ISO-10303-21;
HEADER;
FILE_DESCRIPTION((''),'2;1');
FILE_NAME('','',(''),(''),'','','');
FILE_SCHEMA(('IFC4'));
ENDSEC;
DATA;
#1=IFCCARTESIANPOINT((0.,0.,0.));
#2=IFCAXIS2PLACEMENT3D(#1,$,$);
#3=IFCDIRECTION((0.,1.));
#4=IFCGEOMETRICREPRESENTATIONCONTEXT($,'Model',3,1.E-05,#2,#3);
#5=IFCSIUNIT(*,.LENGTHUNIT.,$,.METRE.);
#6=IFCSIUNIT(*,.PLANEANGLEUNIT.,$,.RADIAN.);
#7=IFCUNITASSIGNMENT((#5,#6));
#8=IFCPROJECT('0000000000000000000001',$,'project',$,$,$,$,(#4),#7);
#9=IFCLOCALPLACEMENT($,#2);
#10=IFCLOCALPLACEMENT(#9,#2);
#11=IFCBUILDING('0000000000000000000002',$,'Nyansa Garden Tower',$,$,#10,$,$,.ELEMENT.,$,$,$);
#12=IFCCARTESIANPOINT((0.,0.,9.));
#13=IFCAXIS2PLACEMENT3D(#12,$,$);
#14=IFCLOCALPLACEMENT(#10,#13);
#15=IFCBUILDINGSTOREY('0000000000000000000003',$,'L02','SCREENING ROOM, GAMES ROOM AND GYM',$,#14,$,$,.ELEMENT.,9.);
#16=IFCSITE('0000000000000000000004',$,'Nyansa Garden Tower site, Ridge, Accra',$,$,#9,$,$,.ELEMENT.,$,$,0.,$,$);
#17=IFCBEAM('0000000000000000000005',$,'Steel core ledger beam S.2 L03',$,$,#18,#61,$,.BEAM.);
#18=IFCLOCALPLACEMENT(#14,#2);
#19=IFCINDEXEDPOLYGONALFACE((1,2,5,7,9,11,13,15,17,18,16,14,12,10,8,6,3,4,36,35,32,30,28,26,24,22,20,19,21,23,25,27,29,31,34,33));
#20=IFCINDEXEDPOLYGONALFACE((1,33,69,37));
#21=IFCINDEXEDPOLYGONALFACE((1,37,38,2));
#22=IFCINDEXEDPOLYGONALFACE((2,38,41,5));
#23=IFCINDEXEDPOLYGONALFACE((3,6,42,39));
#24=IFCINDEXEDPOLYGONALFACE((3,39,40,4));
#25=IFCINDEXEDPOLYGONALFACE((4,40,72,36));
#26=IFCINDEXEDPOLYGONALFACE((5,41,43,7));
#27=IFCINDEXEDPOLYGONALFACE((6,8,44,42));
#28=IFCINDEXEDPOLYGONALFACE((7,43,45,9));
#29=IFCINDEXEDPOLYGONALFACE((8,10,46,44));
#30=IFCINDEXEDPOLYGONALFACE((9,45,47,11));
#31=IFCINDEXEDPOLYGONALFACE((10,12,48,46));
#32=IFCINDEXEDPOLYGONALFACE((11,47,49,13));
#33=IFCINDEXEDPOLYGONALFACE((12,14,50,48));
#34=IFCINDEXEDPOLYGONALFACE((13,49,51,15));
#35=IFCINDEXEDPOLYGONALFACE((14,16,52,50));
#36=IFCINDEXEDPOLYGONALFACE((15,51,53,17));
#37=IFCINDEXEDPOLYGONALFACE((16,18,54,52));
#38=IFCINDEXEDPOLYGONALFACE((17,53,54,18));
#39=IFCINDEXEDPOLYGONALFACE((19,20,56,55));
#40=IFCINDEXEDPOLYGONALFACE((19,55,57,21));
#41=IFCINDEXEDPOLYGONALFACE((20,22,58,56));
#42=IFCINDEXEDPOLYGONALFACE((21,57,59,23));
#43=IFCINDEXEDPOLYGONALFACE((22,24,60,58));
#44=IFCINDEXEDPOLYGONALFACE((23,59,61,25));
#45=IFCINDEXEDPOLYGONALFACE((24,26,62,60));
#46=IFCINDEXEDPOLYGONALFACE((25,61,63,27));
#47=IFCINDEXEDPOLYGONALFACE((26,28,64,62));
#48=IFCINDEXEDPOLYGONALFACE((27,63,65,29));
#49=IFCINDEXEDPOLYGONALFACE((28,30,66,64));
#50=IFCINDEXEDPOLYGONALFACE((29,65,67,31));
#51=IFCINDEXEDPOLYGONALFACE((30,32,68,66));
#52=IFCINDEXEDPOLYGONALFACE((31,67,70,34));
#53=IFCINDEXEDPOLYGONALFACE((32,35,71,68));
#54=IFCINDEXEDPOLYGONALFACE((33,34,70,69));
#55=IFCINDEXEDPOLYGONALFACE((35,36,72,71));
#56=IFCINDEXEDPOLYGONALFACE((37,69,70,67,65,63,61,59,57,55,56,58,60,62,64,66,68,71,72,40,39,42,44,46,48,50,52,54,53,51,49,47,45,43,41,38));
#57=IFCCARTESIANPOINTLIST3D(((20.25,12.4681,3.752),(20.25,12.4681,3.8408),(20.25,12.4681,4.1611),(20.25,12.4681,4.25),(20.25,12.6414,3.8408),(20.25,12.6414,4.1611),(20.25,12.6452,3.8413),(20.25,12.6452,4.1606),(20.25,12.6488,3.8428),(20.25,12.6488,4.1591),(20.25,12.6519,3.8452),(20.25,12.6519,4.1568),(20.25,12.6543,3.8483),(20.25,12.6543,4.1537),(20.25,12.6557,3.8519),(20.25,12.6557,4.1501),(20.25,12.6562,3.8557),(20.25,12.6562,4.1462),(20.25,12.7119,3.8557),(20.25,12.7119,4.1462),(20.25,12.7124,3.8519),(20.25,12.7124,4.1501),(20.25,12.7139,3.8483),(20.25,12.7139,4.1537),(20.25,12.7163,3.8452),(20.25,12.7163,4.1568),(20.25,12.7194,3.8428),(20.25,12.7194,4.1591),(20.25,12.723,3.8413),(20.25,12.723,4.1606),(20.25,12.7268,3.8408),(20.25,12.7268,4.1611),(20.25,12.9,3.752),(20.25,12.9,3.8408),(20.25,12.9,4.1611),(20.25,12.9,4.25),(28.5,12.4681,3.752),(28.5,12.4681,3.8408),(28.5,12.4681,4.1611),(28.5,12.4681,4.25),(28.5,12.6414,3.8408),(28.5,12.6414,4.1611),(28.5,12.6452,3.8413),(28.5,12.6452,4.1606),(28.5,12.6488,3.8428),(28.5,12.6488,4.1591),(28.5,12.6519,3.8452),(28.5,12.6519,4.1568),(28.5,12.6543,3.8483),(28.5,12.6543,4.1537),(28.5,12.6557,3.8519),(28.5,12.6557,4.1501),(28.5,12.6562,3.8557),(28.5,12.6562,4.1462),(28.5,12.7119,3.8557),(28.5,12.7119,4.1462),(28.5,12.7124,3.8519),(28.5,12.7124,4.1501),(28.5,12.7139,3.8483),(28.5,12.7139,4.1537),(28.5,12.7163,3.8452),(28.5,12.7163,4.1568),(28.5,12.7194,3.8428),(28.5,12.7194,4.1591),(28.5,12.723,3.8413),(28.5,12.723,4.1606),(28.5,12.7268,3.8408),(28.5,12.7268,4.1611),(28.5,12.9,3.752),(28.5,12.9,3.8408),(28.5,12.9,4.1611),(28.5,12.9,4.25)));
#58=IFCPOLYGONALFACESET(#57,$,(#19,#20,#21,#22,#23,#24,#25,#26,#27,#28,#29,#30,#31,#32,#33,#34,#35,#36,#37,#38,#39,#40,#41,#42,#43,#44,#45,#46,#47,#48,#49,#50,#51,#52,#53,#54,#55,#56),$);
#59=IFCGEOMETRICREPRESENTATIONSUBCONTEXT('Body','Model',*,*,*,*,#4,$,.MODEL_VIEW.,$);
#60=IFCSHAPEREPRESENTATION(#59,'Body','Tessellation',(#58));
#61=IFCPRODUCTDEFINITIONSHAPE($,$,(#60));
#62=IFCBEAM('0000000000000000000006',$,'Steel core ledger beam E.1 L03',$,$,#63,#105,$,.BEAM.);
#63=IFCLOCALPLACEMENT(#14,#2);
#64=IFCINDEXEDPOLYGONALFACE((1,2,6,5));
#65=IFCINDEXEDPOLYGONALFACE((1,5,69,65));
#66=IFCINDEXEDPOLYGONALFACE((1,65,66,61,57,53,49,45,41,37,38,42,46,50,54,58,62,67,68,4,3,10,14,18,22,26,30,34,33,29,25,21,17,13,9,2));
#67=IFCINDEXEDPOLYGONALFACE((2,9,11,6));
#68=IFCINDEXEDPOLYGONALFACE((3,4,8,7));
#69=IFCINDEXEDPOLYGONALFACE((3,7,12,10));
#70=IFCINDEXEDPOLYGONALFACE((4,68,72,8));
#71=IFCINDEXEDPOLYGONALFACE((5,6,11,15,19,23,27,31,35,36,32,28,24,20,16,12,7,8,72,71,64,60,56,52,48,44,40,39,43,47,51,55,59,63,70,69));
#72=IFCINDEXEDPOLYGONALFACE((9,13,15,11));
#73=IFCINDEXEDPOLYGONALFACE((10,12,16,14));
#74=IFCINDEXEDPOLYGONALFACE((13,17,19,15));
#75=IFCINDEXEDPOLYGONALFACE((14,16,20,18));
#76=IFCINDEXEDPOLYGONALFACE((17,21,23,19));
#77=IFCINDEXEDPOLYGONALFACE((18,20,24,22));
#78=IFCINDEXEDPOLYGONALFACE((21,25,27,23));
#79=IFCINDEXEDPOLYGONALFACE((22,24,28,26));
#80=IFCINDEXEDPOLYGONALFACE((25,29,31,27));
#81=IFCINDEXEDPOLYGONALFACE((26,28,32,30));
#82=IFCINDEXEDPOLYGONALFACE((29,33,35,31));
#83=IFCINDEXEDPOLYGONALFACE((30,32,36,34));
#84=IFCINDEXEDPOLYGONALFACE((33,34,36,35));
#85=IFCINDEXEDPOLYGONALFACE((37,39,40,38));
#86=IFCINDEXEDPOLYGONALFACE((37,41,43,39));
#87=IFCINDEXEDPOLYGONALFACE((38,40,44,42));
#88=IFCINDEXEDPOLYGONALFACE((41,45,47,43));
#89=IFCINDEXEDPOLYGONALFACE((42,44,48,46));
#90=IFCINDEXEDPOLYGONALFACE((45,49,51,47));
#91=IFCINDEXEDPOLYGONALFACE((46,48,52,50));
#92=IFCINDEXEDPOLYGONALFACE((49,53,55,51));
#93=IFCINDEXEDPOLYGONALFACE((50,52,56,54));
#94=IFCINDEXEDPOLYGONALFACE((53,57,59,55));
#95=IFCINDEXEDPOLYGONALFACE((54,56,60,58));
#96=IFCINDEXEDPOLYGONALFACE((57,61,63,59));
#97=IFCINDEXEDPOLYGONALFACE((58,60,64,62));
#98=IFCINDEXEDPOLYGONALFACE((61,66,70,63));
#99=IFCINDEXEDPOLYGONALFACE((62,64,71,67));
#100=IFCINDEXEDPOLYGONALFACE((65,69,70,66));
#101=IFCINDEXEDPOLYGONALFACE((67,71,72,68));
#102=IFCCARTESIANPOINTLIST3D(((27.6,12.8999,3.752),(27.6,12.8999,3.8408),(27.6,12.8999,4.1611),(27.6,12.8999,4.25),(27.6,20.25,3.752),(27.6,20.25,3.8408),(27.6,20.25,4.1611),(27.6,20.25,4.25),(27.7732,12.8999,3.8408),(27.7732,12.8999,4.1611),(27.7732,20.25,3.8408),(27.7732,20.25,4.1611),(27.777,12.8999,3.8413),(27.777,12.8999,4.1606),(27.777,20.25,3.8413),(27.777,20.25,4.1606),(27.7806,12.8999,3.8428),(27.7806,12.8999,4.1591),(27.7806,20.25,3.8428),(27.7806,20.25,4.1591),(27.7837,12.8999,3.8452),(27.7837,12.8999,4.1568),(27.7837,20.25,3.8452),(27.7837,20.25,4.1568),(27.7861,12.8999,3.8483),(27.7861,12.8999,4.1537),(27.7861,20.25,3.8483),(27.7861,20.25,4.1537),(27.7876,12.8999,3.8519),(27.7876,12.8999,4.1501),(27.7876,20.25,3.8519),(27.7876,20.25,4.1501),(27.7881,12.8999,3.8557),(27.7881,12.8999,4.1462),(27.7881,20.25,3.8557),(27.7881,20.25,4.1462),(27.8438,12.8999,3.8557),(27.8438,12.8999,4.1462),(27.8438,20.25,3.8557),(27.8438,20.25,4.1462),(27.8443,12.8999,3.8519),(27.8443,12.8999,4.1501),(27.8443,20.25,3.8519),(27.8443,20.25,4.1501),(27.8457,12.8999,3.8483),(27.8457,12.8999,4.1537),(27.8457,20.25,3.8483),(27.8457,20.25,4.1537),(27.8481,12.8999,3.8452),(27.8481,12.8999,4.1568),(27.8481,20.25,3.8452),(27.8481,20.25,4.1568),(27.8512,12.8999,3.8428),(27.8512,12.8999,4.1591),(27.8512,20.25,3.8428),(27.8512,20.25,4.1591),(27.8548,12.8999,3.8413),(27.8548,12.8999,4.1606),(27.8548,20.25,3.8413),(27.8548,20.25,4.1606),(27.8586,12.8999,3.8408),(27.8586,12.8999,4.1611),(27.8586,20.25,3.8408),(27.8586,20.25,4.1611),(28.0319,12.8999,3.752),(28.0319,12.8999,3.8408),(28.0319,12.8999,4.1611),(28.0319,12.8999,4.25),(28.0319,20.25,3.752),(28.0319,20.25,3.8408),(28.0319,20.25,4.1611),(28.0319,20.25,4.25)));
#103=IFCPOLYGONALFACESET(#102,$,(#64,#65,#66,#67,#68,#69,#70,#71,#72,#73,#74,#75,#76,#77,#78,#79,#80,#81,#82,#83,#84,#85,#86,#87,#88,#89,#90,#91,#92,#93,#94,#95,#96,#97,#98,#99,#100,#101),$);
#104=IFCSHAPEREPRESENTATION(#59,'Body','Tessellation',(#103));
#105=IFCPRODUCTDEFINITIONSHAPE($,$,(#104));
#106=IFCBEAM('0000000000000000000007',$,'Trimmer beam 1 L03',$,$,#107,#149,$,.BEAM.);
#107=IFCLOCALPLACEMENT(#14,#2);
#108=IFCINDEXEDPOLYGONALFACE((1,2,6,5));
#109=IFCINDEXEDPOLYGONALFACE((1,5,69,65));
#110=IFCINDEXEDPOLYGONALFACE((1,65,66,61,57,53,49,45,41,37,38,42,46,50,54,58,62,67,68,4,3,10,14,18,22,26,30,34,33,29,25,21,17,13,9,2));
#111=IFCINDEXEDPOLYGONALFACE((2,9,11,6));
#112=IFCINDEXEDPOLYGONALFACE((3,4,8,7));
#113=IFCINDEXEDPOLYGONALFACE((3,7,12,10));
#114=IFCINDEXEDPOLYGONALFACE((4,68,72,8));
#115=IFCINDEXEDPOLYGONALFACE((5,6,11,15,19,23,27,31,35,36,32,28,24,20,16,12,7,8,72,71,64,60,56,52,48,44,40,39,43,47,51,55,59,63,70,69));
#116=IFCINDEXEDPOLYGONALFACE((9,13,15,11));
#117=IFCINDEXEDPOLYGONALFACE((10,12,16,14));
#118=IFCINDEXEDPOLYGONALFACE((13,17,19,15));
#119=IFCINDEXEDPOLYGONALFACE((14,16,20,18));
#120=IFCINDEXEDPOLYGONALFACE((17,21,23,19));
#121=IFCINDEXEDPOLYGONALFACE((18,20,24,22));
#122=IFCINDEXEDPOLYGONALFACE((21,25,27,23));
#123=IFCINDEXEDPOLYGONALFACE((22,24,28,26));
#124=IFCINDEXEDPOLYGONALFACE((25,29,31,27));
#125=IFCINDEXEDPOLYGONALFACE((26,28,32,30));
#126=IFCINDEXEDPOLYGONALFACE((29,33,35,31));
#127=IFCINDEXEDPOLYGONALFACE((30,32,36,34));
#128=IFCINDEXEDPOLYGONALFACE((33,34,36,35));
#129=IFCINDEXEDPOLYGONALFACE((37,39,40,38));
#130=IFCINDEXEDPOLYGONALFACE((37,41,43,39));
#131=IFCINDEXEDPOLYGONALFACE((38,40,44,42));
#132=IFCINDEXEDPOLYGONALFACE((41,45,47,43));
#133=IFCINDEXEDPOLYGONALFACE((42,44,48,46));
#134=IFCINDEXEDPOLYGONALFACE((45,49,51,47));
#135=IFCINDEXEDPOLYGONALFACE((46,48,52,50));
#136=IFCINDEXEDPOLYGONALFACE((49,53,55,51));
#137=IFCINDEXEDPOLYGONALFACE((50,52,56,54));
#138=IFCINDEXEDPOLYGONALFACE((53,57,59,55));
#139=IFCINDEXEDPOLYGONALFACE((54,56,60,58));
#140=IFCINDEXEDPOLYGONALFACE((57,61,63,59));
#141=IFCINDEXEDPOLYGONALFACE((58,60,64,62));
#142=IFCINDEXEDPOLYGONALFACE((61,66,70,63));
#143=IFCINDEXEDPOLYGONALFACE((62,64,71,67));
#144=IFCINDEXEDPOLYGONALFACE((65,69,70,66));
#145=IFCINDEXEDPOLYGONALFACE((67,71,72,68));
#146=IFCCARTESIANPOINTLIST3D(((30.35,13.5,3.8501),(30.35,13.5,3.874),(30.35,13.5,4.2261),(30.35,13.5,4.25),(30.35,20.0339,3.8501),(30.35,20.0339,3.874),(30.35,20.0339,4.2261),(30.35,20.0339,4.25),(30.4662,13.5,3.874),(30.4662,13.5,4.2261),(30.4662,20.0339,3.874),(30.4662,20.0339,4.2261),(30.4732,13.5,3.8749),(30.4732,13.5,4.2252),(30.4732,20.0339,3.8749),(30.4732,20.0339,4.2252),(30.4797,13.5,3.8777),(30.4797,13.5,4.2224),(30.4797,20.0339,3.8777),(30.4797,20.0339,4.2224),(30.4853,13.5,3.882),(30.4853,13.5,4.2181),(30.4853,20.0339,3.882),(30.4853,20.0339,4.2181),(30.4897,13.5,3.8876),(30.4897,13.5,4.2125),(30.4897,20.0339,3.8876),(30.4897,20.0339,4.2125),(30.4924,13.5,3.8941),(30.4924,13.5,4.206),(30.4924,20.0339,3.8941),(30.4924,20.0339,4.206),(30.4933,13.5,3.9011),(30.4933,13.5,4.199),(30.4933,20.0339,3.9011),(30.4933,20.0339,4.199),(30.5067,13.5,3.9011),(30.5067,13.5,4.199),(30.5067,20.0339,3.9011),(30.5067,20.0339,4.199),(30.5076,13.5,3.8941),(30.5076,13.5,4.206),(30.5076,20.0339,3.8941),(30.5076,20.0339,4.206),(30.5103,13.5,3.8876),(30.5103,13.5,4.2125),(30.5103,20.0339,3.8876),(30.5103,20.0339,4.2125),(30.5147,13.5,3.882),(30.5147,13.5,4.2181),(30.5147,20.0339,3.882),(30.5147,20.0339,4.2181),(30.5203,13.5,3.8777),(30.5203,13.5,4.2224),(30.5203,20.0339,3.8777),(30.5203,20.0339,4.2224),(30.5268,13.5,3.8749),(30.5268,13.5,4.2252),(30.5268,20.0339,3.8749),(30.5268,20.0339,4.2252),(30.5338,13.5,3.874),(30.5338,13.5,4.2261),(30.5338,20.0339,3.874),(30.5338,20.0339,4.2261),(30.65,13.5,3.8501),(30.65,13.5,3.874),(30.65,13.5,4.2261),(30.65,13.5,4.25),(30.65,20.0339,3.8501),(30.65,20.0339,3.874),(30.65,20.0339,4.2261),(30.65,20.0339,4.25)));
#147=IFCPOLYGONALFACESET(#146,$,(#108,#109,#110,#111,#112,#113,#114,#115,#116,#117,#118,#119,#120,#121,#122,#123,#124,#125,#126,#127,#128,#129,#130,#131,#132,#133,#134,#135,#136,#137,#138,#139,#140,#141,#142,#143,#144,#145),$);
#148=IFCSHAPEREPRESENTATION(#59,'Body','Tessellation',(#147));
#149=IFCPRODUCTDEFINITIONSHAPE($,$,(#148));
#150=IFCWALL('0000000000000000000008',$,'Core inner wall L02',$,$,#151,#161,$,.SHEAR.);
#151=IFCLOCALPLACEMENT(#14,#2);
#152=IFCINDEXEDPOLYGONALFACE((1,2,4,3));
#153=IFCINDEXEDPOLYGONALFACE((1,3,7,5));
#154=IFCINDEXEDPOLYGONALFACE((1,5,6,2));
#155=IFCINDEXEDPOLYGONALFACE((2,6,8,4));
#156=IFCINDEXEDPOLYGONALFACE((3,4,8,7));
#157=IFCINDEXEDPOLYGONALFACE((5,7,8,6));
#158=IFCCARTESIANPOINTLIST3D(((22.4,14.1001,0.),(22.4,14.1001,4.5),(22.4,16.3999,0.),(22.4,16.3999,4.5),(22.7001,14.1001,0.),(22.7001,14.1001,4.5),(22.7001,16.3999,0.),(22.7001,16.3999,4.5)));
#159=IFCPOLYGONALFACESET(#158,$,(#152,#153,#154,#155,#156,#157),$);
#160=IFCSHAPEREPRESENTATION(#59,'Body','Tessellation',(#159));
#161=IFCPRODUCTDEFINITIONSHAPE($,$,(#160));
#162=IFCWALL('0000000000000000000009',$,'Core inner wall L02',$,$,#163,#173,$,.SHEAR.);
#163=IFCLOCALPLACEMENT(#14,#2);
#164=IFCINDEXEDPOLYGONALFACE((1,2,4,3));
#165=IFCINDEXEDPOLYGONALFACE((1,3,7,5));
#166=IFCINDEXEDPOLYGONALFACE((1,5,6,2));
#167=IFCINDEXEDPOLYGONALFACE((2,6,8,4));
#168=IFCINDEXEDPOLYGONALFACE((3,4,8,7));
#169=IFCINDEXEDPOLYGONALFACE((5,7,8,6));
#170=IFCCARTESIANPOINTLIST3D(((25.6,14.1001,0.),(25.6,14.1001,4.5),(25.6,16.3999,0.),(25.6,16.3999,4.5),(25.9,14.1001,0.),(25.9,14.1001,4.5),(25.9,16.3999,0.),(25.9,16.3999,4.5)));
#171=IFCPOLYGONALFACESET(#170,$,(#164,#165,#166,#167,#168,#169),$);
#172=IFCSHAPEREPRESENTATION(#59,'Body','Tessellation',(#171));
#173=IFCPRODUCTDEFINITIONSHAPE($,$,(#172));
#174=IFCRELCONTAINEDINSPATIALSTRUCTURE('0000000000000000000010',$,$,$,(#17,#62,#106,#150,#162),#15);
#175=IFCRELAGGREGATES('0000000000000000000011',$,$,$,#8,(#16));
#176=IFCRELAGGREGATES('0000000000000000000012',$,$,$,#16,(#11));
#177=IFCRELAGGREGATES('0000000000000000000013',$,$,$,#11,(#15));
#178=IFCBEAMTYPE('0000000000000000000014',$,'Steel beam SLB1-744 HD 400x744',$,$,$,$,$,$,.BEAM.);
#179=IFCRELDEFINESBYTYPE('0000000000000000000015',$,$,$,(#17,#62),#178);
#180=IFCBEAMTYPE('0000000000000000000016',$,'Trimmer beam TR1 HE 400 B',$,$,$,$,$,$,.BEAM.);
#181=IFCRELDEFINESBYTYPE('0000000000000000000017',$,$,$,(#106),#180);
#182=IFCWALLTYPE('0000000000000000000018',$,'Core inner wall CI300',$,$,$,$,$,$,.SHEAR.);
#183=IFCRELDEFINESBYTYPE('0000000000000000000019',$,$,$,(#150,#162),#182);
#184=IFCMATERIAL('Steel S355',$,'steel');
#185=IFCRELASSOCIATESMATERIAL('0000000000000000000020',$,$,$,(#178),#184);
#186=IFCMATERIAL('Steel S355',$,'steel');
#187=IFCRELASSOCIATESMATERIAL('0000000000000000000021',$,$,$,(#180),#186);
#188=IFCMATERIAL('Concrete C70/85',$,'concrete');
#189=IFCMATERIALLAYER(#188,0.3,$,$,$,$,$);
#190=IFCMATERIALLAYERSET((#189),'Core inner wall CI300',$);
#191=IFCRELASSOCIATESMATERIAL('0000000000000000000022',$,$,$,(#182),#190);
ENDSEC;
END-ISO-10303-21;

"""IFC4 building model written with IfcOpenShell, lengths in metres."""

from ifc_helpers import new_model, si_unit, direction, frame, frame_2d, origin, origin_2d, place, context, subcontext, project, spatial, rectangle, i_section, extrude, material, layer, layer_set, material_profile, profile_set, type_object, element, save


model = new_model("IFC4")

# Units and contexts
model_context = context("Model", 3, precision=1e-05, world=origin(), true_north=direction((0.0, 1.0)))
body_context = subcontext(model_context, "Body", "Model", "MODEL_VIEW")
ifc_project = project(units=[si_unit("LENGTHUNIT", "METRE"), si_unit("PLANEANGLEUNIT", "RADIAN")], contexts=[model_context])

# Site, building, storey
site_placement = place(None, origin())
site = spatial("IfcSite", under=ifc_project, at=site_placement, Name="Nyansa Garden Tower site, Ridge, Accra", CompositionType="ELEMENT", RefElevation=0.0)
building_placement = place(site_placement, origin())
building = spatial("IfcBuilding", under=site, at=building_placement, Name="Nyansa Garden Tower", CompositionType="ELEMENT")
storey_placement = place(building_placement, frame((0.0, 0.0, 9.0)))
storey = spatial("IfcBuildingStorey", under=building, at=storey_placement, Name="L02", Description="SCREENING ROOM, GAMES ROOM AND GYM", CompositionType="ELEMENT", Elevation=9.0)

# Beams
ifc_material_1 = material(Name="Steel S355", Category="steel")
ifc_material_profile_1 = material_profile(ifc_material_1, i_section(OverallWidth=0.4319, OverallDepth=0.498, WebThickness=0.0557, FlangeThickness=0.0889, FilletRadius=0.0149, at=origin_2d()), Name="HD 400x744")
ifc_profile_set_1 = profile_set([ifc_material_profile_1], Name="Steel S355")
beam_type_1 = type_object("IfcBeamType", Name="Steel beam SLB1-744 HD 400x744", PredefinedType="BEAM", material=ifc_profile_set_1)
beam_1_placement = place(storey_placement, frame((20.25, 12.6841, 4.001), z_axis=(1.0, 0.0, 0.0), x_axis=(0.0, 1.0, 0.0)))
element("IfcBeam", 1, at=beam_1_placement, inside=storey, type_object=beam_type_1, Name="Steel core ledger beam S.2 L03", PredefinedType="BEAM", context=body_context, shape_type="SweptSolid", body=[
    extrude(i_section(OverallWidth=0.4319, OverallDepth=0.498, WebThickness=0.0557, FlangeThickness=0.0889, FilletRadius=0.0149, at=origin_2d()), origin(), (0.0, 0.0, 1.0), 8.25),
])
beam_2_placement = place(storey_placement, frame((27.8159, 12.8999, 4.001), z_axis=(0.0, 1.0, 0.0), x_axis=(-1.0, 0.0, 0.0)))
element("IfcBeam", 2, at=beam_2_placement, inside=storey, type_object=beam_type_1, Name="Steel core ledger beam E.1 L03", PredefinedType="BEAM", context=body_context, shape_type="SweptSolid", body=[
    extrude(i_section(OverallWidth=0.4319, OverallDepth=0.498, WebThickness=0.0557, FlangeThickness=0.0889, FilletRadius=0.0149, at=origin_2d()), origin(), (0.0, 0.0, 1.0), 7.3501),
])
ifc_material_2 = material(Name="Steel S355", Category="steel")
ifc_material_profile_2 = material_profile(ifc_material_2, i_section(OverallWidth=0.3, OverallDepth=0.3999, WebThickness=0.0134, FlangeThickness=0.0239, FilletRadius=0.0271, at=origin_2d()), Name="HE 400 B")
ifc_profile_set_2 = profile_set([ifc_material_profile_2], Name="Steel S355")
beam_type_2 = type_object("IfcBeamType", Name="Trimmer beam TR1 HE 400 B", PredefinedType="BEAM", material=ifc_profile_set_2)
beam_3_placement = place(storey_placement, frame((30.5, 13.5, 4.05), z_axis=(0.0, 1.0, 0.0), x_axis=(-1.0, 0.0, 0.0)))
element("IfcBeam", 3, at=beam_3_placement, inside=storey, type_object=beam_type_2, Name="Trimmer beam 1 L03", PredefinedType="BEAM", context=body_context, shape_type="SweptSolid", body=[
    extrude(i_section(OverallWidth=0.3, OverallDepth=0.3999, WebThickness=0.0134, FlangeThickness=0.0239, FilletRadius=0.0271, at=origin_2d()), origin(), (0.0, 0.0, 1.0), 6.5339),
])

# Walls
ifc_material_3 = material(Name="Concrete C70/85", Category="concrete")
ifc_layer_1 = layer(ifc_material_3, 0.3)
ifc_layer_set_1 = layer_set([ifc_layer_1], Name="Core inner wall CI300")
wall_type_1 = type_object("IfcWallType", Name="Core inner wall CI300", PredefinedType="SHEAR", material=ifc_layer_set_1)
for number, where, z_axis, x_axis, name in (
    (4, (22.55, 14.1001, 0.0), (0.0, 0.0, 1.0), (0.0, 1.0, 0.0), "Core inner wall L02"),
    (5, (25.75, 14.1001, 0.0), (0.0, 0.0, 1.0), (0.0, 1.0, 0.0), "Core inner wall L02"),
):
    element("IfcWall", number, at=place(storey_placement, frame(where, z_axis=z_axis, x_axis=x_axis)), inside=storey, type_object=wall_type_1, Name=name, PredefinedType="SHEAR", context=body_context, shape_type="SweptSolid", body=[
        extrude(rectangle(XDim=2.2998, YDim=0.3, at=frame_2d((1.1499, 0.0))), origin(), (0.0, 0.0, 1.0), 4.5),
    ])

save(model, "model.ifc")
